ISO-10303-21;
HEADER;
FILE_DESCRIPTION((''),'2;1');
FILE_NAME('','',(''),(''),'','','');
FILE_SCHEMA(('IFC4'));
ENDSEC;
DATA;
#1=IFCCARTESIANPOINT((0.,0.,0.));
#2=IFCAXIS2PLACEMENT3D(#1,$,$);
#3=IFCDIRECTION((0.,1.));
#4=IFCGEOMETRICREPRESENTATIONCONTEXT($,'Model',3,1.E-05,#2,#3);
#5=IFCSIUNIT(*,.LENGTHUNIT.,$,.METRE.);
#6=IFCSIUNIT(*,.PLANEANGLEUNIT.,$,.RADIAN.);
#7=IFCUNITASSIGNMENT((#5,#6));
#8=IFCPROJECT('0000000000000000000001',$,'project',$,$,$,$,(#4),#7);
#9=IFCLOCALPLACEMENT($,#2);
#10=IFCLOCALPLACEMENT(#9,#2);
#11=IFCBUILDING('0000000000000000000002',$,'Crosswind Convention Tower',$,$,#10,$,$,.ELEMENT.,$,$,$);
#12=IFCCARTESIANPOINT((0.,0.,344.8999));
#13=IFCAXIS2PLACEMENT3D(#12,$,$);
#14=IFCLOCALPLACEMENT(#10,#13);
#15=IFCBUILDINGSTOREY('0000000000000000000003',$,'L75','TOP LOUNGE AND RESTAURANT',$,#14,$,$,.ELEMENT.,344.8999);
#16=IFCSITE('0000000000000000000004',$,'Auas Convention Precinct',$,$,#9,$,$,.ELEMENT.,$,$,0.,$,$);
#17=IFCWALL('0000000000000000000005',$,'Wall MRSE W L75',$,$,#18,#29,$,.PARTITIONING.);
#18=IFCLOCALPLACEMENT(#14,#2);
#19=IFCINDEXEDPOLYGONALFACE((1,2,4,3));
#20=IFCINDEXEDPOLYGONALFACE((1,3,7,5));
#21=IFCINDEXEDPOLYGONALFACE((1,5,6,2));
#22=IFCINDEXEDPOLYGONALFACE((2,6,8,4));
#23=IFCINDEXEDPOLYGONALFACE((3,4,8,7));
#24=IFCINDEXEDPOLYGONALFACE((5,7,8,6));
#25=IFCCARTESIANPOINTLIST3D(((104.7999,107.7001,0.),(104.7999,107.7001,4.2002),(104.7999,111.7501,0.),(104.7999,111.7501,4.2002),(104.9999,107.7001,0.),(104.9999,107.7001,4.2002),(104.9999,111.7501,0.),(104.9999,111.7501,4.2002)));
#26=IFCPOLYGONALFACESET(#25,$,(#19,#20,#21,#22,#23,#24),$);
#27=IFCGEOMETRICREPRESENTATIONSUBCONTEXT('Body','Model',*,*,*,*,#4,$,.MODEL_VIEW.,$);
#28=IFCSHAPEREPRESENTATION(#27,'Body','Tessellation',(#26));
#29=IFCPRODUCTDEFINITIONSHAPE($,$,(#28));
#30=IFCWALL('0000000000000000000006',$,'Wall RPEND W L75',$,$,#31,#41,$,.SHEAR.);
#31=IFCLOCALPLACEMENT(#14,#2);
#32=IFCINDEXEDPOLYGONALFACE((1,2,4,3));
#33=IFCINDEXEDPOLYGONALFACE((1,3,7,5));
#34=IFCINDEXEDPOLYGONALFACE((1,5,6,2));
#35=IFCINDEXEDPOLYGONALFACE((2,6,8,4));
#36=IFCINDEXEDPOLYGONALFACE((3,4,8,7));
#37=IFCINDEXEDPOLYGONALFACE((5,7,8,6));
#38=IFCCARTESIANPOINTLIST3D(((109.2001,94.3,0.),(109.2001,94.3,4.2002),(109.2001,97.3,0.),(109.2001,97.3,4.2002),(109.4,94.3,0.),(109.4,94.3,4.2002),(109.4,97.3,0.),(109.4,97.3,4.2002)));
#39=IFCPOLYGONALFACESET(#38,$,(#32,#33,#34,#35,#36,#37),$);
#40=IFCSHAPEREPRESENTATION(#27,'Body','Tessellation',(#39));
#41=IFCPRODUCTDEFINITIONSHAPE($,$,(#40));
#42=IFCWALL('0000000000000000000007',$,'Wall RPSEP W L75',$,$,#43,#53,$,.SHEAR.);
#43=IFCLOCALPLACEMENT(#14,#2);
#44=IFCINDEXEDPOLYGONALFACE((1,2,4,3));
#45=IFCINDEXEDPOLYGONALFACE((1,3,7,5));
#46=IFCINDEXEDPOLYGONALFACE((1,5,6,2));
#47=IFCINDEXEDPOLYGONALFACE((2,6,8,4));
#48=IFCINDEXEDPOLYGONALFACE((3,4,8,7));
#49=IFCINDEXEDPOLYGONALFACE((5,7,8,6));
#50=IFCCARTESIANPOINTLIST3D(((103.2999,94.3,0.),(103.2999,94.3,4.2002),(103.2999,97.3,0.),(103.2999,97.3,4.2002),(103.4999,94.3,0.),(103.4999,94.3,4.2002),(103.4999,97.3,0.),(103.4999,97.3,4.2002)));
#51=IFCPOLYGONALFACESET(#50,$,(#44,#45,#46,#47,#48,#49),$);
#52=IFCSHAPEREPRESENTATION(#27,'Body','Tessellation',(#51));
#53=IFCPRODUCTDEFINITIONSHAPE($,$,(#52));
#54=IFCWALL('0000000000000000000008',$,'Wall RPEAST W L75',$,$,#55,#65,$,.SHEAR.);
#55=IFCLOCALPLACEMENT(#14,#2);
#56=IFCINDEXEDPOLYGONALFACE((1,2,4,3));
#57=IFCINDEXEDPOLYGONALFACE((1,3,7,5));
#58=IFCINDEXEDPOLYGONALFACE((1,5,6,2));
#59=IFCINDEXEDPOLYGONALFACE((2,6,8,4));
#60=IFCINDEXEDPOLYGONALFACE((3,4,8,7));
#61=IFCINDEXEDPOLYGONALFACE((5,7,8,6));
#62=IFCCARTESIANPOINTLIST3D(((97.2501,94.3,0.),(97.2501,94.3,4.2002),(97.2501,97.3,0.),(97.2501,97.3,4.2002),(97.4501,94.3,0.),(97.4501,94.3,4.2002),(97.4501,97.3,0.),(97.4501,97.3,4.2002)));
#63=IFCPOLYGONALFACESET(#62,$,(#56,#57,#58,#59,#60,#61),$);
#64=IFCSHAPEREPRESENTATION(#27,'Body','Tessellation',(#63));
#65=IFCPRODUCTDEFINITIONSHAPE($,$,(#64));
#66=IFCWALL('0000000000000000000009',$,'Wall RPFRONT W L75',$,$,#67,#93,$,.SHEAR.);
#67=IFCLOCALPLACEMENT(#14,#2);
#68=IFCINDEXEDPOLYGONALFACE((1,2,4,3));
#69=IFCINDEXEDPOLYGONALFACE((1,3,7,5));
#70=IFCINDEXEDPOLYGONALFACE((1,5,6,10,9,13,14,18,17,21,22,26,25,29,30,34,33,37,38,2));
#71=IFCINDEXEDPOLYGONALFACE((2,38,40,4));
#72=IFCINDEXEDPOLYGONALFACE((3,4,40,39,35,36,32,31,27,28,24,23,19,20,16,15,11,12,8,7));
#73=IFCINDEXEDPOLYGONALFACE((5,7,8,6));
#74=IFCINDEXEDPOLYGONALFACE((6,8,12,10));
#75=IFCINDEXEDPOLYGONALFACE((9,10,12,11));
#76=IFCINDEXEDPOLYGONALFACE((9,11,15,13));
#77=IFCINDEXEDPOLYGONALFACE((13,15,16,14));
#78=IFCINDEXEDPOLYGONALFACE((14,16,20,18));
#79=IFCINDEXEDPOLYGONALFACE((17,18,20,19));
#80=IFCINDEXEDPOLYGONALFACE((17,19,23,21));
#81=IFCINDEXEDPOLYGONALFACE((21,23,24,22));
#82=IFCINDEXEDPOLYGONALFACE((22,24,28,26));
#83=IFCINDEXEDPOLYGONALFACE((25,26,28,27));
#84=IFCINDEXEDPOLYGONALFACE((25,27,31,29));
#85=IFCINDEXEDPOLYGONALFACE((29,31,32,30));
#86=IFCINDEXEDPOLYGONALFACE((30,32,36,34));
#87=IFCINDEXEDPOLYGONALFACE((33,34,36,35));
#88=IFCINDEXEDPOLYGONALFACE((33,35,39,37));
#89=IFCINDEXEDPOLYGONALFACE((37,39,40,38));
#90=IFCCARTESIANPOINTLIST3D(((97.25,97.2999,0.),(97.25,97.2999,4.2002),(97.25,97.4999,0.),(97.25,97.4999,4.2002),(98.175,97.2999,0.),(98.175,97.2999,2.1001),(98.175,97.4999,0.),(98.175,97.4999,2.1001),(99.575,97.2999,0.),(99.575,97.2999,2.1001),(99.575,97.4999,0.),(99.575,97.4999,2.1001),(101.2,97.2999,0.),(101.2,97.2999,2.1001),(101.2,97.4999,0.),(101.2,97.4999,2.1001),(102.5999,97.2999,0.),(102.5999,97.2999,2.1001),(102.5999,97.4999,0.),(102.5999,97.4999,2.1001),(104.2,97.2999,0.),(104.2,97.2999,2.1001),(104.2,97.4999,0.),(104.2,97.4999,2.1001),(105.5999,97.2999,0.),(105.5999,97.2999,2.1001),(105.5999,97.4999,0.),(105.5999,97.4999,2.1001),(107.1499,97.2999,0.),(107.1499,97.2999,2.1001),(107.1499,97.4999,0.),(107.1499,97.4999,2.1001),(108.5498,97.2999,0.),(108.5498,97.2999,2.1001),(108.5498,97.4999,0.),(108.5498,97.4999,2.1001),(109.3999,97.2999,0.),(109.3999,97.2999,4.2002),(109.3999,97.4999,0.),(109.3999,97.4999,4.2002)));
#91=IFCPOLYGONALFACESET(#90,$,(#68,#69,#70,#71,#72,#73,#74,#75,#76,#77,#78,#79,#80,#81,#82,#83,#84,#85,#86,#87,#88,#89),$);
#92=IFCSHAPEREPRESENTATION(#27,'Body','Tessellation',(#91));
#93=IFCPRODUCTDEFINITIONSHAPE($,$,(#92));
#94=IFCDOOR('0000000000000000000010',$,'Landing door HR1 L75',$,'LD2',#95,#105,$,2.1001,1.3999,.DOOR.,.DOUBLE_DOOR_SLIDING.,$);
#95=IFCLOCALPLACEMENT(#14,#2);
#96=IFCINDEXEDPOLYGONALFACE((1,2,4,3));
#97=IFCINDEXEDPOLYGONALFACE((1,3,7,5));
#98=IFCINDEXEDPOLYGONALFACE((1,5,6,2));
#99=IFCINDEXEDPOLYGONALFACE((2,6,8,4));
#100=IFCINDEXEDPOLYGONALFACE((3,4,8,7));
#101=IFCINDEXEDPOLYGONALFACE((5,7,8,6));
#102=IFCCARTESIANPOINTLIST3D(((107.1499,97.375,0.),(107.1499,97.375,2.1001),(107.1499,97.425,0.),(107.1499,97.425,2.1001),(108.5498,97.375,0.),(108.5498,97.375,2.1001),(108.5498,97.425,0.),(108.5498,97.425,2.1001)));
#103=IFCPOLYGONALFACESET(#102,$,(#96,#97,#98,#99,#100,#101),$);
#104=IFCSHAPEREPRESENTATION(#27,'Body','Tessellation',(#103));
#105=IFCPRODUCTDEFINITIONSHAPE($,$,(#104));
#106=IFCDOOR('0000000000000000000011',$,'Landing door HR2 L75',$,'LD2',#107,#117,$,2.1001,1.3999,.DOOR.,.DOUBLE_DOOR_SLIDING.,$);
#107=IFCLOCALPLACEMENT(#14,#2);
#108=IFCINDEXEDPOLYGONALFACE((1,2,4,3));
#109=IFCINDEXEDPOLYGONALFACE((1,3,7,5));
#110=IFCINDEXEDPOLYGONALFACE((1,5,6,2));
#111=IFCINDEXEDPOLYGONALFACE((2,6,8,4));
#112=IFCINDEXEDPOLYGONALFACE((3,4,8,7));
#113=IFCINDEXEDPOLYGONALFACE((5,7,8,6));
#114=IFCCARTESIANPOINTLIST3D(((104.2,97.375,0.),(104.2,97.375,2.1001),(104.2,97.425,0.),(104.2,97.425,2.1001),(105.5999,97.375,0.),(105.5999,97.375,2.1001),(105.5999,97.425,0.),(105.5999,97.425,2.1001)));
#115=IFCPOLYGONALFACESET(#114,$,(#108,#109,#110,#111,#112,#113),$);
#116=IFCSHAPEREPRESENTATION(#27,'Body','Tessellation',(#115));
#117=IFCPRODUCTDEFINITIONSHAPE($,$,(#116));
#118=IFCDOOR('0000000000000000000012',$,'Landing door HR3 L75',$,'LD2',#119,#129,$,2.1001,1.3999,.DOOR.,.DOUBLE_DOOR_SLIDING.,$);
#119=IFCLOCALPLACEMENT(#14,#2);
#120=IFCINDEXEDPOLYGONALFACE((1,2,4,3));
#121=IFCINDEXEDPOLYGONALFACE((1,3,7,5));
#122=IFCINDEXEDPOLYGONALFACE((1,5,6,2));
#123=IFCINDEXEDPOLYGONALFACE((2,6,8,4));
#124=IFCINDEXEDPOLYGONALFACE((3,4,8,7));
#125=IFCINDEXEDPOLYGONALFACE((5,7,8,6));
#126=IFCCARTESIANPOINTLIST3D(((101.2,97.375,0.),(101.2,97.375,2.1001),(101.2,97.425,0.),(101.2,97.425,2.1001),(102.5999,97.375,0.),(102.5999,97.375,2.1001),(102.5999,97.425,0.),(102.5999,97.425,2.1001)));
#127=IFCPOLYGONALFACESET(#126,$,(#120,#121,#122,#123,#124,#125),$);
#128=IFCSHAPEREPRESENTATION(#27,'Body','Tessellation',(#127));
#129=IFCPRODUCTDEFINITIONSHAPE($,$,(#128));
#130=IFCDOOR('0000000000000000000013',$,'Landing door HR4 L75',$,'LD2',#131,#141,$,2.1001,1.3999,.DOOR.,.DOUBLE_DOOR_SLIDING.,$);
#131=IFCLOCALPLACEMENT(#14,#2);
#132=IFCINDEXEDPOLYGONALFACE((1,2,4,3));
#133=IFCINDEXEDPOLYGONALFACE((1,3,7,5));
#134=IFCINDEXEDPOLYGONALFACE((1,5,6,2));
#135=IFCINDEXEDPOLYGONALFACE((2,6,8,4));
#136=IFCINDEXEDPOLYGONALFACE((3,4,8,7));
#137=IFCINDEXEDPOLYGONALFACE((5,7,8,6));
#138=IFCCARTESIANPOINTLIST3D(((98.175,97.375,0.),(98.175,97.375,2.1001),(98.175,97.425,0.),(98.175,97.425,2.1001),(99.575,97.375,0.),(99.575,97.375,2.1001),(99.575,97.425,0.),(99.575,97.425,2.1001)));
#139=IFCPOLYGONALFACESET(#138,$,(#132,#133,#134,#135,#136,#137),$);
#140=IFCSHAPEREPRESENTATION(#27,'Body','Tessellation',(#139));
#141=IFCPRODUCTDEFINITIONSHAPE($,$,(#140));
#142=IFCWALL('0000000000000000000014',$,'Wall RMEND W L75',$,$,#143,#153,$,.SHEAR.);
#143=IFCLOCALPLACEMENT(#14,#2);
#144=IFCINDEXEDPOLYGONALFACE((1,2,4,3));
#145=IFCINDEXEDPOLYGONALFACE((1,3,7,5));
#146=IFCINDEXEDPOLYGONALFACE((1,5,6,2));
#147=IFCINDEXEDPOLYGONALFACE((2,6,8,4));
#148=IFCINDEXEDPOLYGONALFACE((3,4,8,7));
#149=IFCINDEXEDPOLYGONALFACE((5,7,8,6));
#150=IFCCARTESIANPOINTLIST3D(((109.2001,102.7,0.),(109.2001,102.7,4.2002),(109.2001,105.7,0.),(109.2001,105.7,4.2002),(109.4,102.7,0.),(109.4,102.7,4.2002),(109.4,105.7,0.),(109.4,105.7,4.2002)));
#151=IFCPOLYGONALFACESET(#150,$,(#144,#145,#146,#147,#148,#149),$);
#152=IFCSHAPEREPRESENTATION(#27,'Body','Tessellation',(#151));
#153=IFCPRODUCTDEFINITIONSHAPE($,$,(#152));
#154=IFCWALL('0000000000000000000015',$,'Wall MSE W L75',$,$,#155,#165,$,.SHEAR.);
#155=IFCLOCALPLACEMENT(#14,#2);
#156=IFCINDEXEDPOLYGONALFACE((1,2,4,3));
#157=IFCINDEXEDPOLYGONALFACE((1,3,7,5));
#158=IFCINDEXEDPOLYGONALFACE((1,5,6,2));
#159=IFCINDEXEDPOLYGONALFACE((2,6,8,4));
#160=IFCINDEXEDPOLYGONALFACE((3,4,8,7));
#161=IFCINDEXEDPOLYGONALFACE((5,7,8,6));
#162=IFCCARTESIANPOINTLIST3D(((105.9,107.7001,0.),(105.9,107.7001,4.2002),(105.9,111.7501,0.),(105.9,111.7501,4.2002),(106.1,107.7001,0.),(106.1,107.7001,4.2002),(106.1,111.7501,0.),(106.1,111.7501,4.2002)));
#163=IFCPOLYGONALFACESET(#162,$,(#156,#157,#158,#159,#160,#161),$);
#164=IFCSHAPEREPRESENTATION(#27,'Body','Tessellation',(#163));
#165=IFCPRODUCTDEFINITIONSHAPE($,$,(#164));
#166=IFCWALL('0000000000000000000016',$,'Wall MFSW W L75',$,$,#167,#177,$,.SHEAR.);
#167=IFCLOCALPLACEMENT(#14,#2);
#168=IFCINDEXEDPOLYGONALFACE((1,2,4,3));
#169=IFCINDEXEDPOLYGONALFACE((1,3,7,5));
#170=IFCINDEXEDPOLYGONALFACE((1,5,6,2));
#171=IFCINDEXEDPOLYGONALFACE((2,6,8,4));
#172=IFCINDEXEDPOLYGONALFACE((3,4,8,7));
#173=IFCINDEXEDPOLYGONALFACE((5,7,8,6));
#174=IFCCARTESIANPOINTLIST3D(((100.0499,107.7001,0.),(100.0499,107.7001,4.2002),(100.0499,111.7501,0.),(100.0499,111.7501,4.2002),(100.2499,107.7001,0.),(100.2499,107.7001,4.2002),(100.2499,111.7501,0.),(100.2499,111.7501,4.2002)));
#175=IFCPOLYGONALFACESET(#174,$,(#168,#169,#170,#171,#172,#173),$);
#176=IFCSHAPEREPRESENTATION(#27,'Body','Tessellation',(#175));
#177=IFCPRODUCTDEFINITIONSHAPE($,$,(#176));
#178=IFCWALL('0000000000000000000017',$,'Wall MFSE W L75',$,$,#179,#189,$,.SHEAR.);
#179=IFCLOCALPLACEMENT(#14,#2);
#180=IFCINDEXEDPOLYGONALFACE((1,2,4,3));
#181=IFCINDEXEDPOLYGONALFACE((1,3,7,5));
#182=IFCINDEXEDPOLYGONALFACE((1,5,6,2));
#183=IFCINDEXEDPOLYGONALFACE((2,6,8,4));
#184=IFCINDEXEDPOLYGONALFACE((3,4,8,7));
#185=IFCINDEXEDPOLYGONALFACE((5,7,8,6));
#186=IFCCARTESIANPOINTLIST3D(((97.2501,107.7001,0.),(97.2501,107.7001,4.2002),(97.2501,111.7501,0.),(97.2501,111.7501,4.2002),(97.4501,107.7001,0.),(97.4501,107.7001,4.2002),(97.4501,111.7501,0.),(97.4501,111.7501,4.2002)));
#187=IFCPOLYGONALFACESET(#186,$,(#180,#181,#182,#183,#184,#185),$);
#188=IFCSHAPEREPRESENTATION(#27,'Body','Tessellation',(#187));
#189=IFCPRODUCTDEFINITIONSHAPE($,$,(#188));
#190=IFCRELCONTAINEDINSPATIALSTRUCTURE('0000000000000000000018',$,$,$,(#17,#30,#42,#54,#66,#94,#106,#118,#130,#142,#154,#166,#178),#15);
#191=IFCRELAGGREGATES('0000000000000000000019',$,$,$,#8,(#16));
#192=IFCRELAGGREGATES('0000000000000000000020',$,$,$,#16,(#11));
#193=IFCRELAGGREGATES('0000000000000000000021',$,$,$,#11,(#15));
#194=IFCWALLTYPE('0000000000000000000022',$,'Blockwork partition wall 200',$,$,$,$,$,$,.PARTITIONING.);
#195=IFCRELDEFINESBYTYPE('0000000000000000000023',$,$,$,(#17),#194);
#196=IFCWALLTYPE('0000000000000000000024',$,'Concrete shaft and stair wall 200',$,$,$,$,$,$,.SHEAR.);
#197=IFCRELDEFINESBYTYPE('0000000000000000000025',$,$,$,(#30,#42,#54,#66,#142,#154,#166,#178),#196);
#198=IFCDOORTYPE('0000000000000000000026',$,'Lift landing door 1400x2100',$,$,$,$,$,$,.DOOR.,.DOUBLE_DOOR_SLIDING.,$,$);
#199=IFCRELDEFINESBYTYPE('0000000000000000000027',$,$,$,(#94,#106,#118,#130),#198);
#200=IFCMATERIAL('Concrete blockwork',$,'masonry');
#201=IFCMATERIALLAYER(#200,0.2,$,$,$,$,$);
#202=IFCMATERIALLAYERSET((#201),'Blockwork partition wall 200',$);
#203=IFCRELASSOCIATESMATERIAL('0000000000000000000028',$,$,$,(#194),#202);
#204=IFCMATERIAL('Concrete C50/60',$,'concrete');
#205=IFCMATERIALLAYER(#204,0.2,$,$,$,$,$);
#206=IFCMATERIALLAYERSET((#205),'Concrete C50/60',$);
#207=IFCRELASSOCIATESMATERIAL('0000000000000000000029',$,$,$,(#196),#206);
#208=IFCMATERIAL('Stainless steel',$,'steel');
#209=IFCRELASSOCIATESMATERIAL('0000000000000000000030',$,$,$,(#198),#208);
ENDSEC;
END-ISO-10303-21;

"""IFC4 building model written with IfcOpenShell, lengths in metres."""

from ifc_helpers import new_model, si_unit, direction, frame, frame_2d, origin, place, context, subcontext, project, spatial, rectangle, extrude, material, layer, layer_set, type_object, element, fill, save


model = new_model("IFC4")

# Units and contexts
model_context = context("Model", 3, precision=1e-05, world=origin(), true_north=direction((0.0, 1.0)))
body_context = subcontext(model_context, "Body", "Model", "MODEL_VIEW")
ifc_project = project(units=[si_unit("LENGTHUNIT", "METRE"), si_unit("PLANEANGLEUNIT", "RADIAN")], contexts=[model_context])

# Site, building, storey
site_placement = place(None, origin())
site = spatial("IfcSite", under=ifc_project, at=site_placement, Name="Auas Convention Precinct", CompositionType="ELEMENT", RefElevation=0.0)
building_placement = place(site_placement, origin())
building = spatial("IfcBuilding", under=site, at=building_placement, Name="Crosswind Convention Tower", CompositionType="ELEMENT")
storey_placement = place(building_placement, frame((0.0, 0.0, 344.8999)))
storey = spatial("IfcBuildingStorey", under=building, at=storey_placement, Name="L75", Description="TOP LOUNGE AND RESTAURANT", CompositionType="ELEMENT", Elevation=344.8999)

# Walls
ifc_material_1 = material(Name="Concrete blockwork", Category="masonry")
ifc_layer_1 = layer(ifc_material_1, 0.2)
ifc_layer_set_1 = layer_set([ifc_layer_1], Name="Blockwork partition wall 200")
wall_type_1 = type_object("IfcWallType", Name="Blockwork partition wall 200", PredefinedType="PARTITIONING", material=ifc_layer_set_1)
wall_1_placement = place(storey_placement, frame((104.8999, 111.75, 0.0), z_axis=(0.0, 0.0, 1.0), x_axis=(0.0, -1.0, 0.0)))
element("IfcWall", 1, at=wall_1_placement, inside=storey, type_object=wall_type_1, Name="Wall MRSE W L75", PredefinedType="PARTITIONING", context=body_context, shape_type="SweptSolid", body=[
    extrude(rectangle(XDim=4.05, YDim=0.2, at=frame_2d((2.0249, 0.0))), origin(), (0.0, 0.0, 1.0), 4.2002),
])
ifc_material_2 = material(Name="Concrete C50/60", Category="concrete")
ifc_layer_2 = layer(ifc_material_2, 0.2)
ifc_layer_set_2 = layer_set([ifc_layer_2], Name="Concrete C50/60")
wall_type_2 = type_object("IfcWallType", Name="Concrete shaft and stair wall 200", PredefinedType="SHEAR", material=ifc_layer_set_2)
for number, where, z_axis, x_axis, name in (
    (2, (109.3, 97.3, 0.0), (0.0, 0.0, 1.0), (0.0, -1.0, 0.0), "Wall RPEND W L75"),
    (3, (103.3999, 97.3, 0.0), (0.0, 0.0, 1.0), (0.0, -1.0, 0.0), "Wall RPSEP W L75"),
    (4, (97.3501, 97.3, 0.0), (0.0, 0.0, 1.0), (0.0, -1.0, 0.0), "Wall RPEAST W L75"),
):
    element("IfcWall", number, at=place(storey_placement, frame(where, z_axis=z_axis, x_axis=x_axis)), inside=storey, type_object=wall_type_2, Name=name, PredefinedType="SHEAR", context=body_context, shape_type="SweptSolid", body=[
        extrude(rectangle(XDim=3.0, YDim=0.2, at=frame_2d((1.5, 0.0))), origin(), (0.0, 0.0, 1.0), 4.2002),
    ])

# Wall, openings, doors
wall_2_placement = place(storey_placement, frame((109.3999, 97.3999, 0.0), z_axis=(0.0, 0.0, 1.0), x_axis=(-1.0, 0.0, 0.0)))
wall_2 = element("IfcWall", 5, at=wall_2_placement, inside=storey, type_object=wall_type_2, Name="Wall RPFRONT W L75", PredefinedType="SHEAR", context=body_context, shape_type="SweptSolid", body=[
    extrude(rectangle(XDim=12.1499, YDim=0.2, at=frame_2d((6.075, 0.0))), origin(), (0.0, 0.0, 1.0), 4.2002),
])
opening_1_placement = place(wall_2_placement, frame((0.8501, 0.0, 0.0)))
opening_1 = element("IfcOpeningElement", 6, at=opening_1_placement, cuts=wall_2, PredefinedType="OPENING", context=body_context, shape_type="SweptSolid", body=[
    extrude(rectangle(XDim=1.3999, YDim=2.1001, at=frame_2d((0.7, 1.05))), frame((0.0, 0.1099, 0.0), z_axis=(0.0, -1.0, 0.0), x_axis=(1.0, 0.0, 0.0)), (0.0, 0.0, 1.0), 0.22),
])
opening_2_placement = place(wall_2_placement, frame((3.8, 0.0, 0.0)))
opening_2 = element("IfcOpeningElement", 7, at=opening_2_placement, cuts=wall_2, PredefinedType="OPENING", context=body_context, shape_type="SweptSolid", body=[
    extrude(rectangle(XDim=1.3999, YDim=2.1001, at=frame_2d((0.7, 1.05))), frame((0.0, 0.1099, 0.0), z_axis=(0.0, -1.0, 0.0), x_axis=(1.0, 0.0, 0.0)), (0.0, 0.0, 1.0), 0.22),
])
opening_3_placement = place(wall_2_placement, frame((6.8, 0.0, 0.0)))
opening_3 = element("IfcOpeningElement", 8, at=opening_3_placement, cuts=wall_2, PredefinedType="OPENING", context=body_context, shape_type="SweptSolid", body=[
    extrude(rectangle(XDim=1.3999, YDim=2.1001, at=frame_2d((0.7, 1.05))), frame((0.0, 0.1099, 0.0), z_axis=(0.0, -1.0, 0.0), x_axis=(1.0, 0.0, 0.0)), (0.0, 0.0, 1.0), 0.22),
])
opening_4_placement = place(wall_2_placement, frame((9.825, 0.0, 0.0)))
opening_4 = element("IfcOpeningElement", 9, at=opening_4_placement, cuts=wall_2, PredefinedType="OPENING", context=body_context, shape_type="SweptSolid", body=[
    extrude(rectangle(XDim=1.3999, YDim=2.1001, at=frame_2d((0.7, 1.05))), frame((0.0, 0.1099, 0.0), z_axis=(0.0, -1.0, 0.0), x_axis=(1.0, 0.0, 0.0)), (0.0, 0.0, 1.0), 0.22),
])
ifc_material_3 = material(Name="Stainless steel", Category="steel")
door_type_1 = type_object("IfcDoorType", Name="Lift landing door 1400x2100", OperationType="DOUBLE_DOOR_SLIDING", PredefinedType="DOOR", material=ifc_material_3)
door_1_placement = place(opening_1_placement, origin())
door_1 = element("IfcDoor", 10, at=door_1_placement, inside=storey, type_object=door_type_1, Name="Landing door HR1 L75", ObjectType="LD2", OperationType="DOUBLE_DOOR_SLIDING", OverallHeight=2.1001, OverallWidth=1.3999, PredefinedType="DOOR", context=body_context, shape_type="SweptSolid", body=[
    extrude(rectangle(XDim=1.3999, YDim=2.1001, at=frame_2d((0.7, 1.05))), frame((0.0, 0.0249, 0.0), z_axis=(0.0, -1.0, 0.0), x_axis=(1.0, 0.0, 0.0)), (0.0, 0.0, 1.0), 0.05),
])
fill(opening_1, door_1)
door_2_placement = place(opening_2_placement, origin())
door_2 = element("IfcDoor", 11, at=door_2_placement, inside=storey, type_object=door_type_1, Name="Landing door HR2 L75", ObjectType="LD2", OperationType="DOUBLE_DOOR_SLIDING", OverallHeight=2.1001, OverallWidth=1.3999, PredefinedType="DOOR", context=body_context, shape_type="SweptSolid", body=[
    extrude(rectangle(XDim=1.3999, YDim=2.1001, at=frame_2d((0.7, 1.05))), frame((0.0, 0.0249, 0.0), z_axis=(0.0, -1.0, 0.0), x_axis=(1.0, 0.0, 0.0)), (0.0, 0.0, 1.0), 0.05),
])
fill(opening_2, door_2)
door_3_placement = place(opening_3_placement, origin())
door_3 = element("IfcDoor", 12, at=door_3_placement, inside=storey, type_object=door_type_1, Name="Landing door HR3 L75", ObjectType="LD2", OperationType="DOUBLE_DOOR_SLIDING", OverallHeight=2.1001, OverallWidth=1.3999, PredefinedType="DOOR", context=body_context, shape_type="SweptSolid", body=[
    extrude(rectangle(XDim=1.3999, YDim=2.1001, at=frame_2d((0.7, 1.05))), frame((0.0, 0.0249, 0.0), z_axis=(0.0, -1.0, 0.0), x_axis=(1.0, 0.0, 0.0)), (0.0, 0.0, 1.0), 0.05),
])
fill(opening_3, door_3)
door_4_placement = place(opening_4_placement, origin())
door_4 = element("IfcDoor", 13, at=door_4_placement, inside=storey, type_object=door_type_1, Name="Landing door HR4 L75", ObjectType="LD2", OperationType="DOUBLE_DOOR_SLIDING", OverallHeight=2.1001, OverallWidth=1.3999, PredefinedType="DOOR", context=body_context, shape_type="SweptSolid", body=[
    extrude(rectangle(XDim=1.3999, YDim=2.1001, at=frame_2d((0.7, 1.05))), frame((0.0, 0.0249, 0.0), z_axis=(0.0, -1.0, 0.0), x_axis=(1.0, 0.0, 0.0)), (0.0, 0.0, 1.0), 0.05),
])
fill(opening_4, door_4)

# Walls
wall_3_placement = place(storey_placement, frame((109.3, 105.7, 0.0), z_axis=(0.0, 0.0, 1.0), x_axis=(0.0, -1.0, 0.0)))
element("IfcWall", 14, at=wall_3_placement, inside=storey, type_object=wall_type_2, Name="Wall RMEND W L75", PredefinedType="SHEAR", context=body_context, shape_type="SweptSolid", body=[
    extrude(rectangle(XDim=3.0, YDim=0.2, at=frame_2d((1.5, 0.0))), origin(), (0.0, 0.0, 1.0), 4.2002),
])
for number, where, z_axis, x_axis, name in (
    (15, (106.0, 111.75, 0.0), (0.0, 0.0, 1.0), (0.0, -1.0, 0.0), "Wall MSE W L75"),
    (16, (100.1499, 111.75, 0.0), (0.0, 0.0, 1.0), (0.0, -1.0, 0.0), "Wall MFSW W L75"),
    (17, (97.3501, 111.75, 0.0), (0.0, 0.0, 1.0), (0.0, -1.0, 0.0), "Wall MFSE W L75"),
):
    element("IfcWall", number, at=place(storey_placement, frame(where, z_axis=z_axis, x_axis=x_axis)), inside=storey, type_object=wall_type_2, Name=name, PredefinedType="SHEAR", context=body_context, shape_type="SweptSolid", body=[
        extrude(rectangle(XDim=4.05, YDim=0.2, at=frame_2d((2.0249, 0.0))), origin(), (0.0, 0.0, 1.0), 4.2002),
    ])

save(model, "model.ifc")
